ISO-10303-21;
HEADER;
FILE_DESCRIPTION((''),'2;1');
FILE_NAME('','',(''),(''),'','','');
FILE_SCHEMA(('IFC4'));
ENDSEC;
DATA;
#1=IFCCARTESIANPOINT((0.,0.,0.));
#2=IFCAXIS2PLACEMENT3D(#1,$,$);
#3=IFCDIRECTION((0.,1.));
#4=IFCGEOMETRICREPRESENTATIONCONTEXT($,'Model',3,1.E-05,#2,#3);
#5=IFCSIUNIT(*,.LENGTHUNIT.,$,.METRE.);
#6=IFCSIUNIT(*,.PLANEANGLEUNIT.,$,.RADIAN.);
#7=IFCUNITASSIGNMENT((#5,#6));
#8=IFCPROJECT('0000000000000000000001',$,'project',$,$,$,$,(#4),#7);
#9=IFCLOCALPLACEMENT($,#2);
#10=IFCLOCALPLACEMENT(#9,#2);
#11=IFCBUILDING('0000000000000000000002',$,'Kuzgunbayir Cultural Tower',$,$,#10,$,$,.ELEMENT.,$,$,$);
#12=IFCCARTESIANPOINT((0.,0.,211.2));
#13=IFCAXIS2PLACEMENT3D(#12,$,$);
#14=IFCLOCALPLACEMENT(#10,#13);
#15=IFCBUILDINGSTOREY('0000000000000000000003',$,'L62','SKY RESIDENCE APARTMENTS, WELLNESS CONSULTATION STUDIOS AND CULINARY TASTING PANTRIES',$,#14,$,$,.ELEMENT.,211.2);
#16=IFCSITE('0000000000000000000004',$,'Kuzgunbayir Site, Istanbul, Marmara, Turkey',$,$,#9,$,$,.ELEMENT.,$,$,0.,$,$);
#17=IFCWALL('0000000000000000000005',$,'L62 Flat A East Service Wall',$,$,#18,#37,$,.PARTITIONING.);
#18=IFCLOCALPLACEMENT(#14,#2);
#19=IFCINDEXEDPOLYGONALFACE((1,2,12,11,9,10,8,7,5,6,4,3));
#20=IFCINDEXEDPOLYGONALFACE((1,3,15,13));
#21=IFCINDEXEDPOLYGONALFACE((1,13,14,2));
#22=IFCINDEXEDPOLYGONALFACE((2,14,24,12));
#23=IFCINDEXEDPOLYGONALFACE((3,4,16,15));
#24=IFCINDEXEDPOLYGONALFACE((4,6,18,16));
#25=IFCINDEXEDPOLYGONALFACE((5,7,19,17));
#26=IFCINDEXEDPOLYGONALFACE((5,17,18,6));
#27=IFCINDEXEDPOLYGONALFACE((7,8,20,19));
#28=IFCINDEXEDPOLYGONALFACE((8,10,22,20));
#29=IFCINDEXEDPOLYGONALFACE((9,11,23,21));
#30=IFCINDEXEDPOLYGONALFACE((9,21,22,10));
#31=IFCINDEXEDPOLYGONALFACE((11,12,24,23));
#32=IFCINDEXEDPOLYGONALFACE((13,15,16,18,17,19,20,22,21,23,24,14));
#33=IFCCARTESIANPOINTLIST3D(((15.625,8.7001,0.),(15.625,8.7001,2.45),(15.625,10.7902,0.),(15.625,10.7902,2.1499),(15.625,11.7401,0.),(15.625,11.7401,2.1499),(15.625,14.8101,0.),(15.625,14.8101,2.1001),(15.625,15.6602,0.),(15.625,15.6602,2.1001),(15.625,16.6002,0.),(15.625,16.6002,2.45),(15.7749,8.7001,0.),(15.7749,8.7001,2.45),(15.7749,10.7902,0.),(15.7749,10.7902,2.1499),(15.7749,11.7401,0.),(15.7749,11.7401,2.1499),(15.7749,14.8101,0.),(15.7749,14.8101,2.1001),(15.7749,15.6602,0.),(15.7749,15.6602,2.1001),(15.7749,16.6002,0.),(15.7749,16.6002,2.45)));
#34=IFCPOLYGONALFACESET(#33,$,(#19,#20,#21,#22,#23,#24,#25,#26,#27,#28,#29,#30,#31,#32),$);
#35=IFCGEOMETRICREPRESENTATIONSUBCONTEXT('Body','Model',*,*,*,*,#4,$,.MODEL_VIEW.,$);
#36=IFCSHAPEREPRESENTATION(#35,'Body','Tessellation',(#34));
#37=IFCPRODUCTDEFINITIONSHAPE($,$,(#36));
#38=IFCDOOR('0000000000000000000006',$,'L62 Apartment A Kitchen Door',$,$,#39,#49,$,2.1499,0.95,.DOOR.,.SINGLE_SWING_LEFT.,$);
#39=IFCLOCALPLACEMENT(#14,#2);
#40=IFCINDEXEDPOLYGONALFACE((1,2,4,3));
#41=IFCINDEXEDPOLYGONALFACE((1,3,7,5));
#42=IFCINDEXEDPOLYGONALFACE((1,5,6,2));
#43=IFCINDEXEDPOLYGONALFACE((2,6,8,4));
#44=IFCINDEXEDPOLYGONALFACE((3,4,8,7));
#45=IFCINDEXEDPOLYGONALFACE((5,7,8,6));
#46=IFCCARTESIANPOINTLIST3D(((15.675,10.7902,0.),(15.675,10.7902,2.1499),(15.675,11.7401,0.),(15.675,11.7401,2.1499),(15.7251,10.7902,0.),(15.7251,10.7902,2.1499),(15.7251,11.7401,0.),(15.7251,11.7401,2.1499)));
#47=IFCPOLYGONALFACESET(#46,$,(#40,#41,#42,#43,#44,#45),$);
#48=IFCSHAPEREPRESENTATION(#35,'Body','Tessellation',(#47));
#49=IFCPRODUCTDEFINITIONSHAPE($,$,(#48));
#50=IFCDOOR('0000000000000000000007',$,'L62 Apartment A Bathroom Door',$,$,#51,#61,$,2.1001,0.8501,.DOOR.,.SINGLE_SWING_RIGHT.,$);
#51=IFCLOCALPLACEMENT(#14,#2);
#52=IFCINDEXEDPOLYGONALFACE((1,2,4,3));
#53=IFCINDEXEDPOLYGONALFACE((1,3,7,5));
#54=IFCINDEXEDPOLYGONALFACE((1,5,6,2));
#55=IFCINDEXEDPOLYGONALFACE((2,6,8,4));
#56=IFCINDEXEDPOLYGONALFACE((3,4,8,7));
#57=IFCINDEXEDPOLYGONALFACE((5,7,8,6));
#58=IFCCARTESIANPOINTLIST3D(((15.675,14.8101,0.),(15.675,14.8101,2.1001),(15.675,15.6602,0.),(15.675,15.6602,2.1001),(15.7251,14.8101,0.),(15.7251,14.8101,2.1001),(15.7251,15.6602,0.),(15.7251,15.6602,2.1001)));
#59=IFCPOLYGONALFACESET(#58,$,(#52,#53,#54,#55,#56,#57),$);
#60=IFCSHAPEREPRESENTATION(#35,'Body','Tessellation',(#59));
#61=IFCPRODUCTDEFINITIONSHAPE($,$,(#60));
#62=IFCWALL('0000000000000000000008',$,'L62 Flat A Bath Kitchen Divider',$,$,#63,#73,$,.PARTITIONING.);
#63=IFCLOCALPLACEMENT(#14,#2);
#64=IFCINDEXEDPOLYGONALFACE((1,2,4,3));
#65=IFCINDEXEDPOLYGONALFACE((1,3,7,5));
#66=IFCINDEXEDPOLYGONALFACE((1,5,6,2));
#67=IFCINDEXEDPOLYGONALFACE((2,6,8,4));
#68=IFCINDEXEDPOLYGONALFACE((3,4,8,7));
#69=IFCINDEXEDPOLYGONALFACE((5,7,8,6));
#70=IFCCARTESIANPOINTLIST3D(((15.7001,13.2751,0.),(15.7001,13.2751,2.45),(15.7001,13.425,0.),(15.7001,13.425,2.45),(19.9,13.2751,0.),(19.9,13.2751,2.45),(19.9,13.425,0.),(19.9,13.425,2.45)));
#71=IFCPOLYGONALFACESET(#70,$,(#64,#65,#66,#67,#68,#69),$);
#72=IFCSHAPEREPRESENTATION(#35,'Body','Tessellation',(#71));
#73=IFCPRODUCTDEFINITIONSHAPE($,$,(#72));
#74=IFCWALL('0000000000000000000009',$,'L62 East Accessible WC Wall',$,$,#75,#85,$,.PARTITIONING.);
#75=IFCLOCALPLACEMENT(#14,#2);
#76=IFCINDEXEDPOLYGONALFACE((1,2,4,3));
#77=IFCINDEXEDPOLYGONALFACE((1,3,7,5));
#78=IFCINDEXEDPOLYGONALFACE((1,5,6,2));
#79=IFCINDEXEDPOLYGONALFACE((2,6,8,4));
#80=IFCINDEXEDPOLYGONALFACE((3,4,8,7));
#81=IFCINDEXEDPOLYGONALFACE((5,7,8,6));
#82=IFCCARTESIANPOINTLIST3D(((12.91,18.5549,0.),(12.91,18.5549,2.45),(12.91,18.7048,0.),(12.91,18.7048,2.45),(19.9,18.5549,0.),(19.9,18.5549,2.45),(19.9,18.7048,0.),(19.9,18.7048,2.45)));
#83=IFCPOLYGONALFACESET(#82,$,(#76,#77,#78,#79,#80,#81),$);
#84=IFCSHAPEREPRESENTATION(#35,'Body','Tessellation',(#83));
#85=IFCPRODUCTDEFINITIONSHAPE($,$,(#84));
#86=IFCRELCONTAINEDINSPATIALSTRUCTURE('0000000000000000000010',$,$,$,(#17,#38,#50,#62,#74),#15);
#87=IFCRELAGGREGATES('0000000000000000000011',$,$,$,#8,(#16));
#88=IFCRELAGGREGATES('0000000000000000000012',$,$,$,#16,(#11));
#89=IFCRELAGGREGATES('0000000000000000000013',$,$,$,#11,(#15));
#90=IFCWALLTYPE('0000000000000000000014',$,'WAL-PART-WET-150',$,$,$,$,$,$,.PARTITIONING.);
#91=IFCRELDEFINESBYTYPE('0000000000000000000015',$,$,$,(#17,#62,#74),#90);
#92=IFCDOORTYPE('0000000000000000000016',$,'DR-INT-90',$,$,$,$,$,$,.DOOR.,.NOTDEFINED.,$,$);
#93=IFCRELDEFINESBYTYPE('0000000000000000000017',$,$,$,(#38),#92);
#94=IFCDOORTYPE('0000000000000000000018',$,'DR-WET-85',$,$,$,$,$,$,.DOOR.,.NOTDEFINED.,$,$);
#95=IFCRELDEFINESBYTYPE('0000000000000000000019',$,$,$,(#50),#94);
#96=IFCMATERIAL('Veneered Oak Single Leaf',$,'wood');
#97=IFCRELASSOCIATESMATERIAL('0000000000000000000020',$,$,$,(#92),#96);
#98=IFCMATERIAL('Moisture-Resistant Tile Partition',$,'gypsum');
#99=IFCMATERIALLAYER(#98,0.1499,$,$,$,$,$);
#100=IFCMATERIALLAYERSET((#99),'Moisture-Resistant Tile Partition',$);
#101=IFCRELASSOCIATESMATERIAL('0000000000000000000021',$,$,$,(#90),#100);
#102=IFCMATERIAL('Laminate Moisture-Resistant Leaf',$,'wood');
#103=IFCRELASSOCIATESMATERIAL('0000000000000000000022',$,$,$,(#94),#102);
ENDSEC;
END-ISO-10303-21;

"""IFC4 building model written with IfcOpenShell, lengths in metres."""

from ifc_helpers import new_model, si_unit, direction, frame, frame_2d, origin, place, context, subcontext, project, spatial, rectangle, extrude, material, layer, layer_set, type_object, element, fill, save


model = new_model("IFC4")

# Units and contexts
model_context = context("Model", 3, precision=1e-05, world=origin(), true_north=direction((0.0, 1.0)))
body_context = subcontext(model_context, "Body", "Model", "MODEL_VIEW")
ifc_project = project(units=[si_unit("LENGTHUNIT", "METRE"), si_unit("PLANEANGLEUNIT", "RADIAN")], contexts=[model_context])

# Site, building, storey
site_placement = place(None, origin())
site = spatial("IfcSite", under=ifc_project, at=site_placement, Name="Kuzgunbayir Site, Istanbul, Marmara, Turkey", CompositionType="ELEMENT", RefElevation=0.0)
building_placement = place(site_placement, origin())
building = spatial("IfcBuilding", under=site, at=building_placement, Name="Kuzgunbayir Cultural Tower", CompositionType="ELEMENT")
storey_placement = place(building_placement, frame((0.0, 0.0, 211.2)))
storey = spatial("IfcBuildingStorey", under=building, at=storey_placement, Name="L62", Description="SKY RESIDENCE APARTMENTS, WELLNESS CONSULTATION STUDIOS AND CULINARY TASTING PANTRIES", CompositionType="ELEMENT", Elevation=211.2)

# Shared definitions
ifc_material_1 = material(Name="Veneered Oak Single Leaf", Category="wood")
door_type_1 = type_object("IfcDoorType", Name="DR-INT-90", OperationType="NOTDEFINED", PredefinedType="DOOR", material=ifc_material_1)
ifc_material_2 = material(Name="Laminate Moisture-Resistant Leaf", Category="wood")

# Wall, openings, doors
ifc_material_3 = material(Name="Moisture-Resistant Tile Partition", Category="gypsum")
ifc_layer_1 = layer(ifc_material_3, 0.1499)
ifc_layer_set_1 = layer_set([ifc_layer_1], Name="Moisture-Resistant Tile Partition")
wall_type_1 = type_object("IfcWallType", Name="WAL-PART-WET-150", PredefinedType="PARTITIONING", material=ifc_layer_set_1)
wall_1_placement = place(storey_placement, frame((15.7, 8.7, 0.0), z_axis=(0.0, 0.0, 1.0), x_axis=(0.0, 1.0, 0.0)))
wall_1 = element("IfcWall", 1, at=wall_1_placement, inside=storey, type_object=wall_type_1, Name="L62 Flat A East Service Wall", PredefinedType="PARTITIONING", context=body_context, shape_type="SweptSolid", body=[
    extrude(rectangle(XDim=7.9001, YDim=0.1499, at=frame_2d((3.9502, 0.0))), origin(), (0.0, 0.0, 1.0), 2.45),
])
opening_1_placement = place(wall_1_placement, frame((2.0901, 0.0, 0.0)))
opening_1 = element("IfcOpeningElement", 2, at=opening_1_placement, cuts=wall_1, PredefinedType="OPENING", context=body_context, shape_type="SweptSolid", body=[
    extrude(rectangle(XDim=0.95, YDim=2.1499, at=frame_2d((0.4751, 1.075))), frame((0.0, 0.085, 0.0), z_axis=(0.0, -1.0, 0.0), x_axis=(1.0, 0.0, 0.0)), (0.0, 0.0, 1.0), 0.1699),
])
opening_2_placement = place(wall_1_placement, frame((6.1101, 0.0, 0.0)))
opening_2 = element("IfcOpeningElement", 3, at=opening_2_placement, cuts=wall_1, PredefinedType="OPENING", context=body_context, shape_type="SweptSolid", body=[
    extrude(rectangle(XDim=0.8501, YDim=2.1001, at=frame_2d((0.425, 1.05))), frame((0.0, 0.085, 0.0), z_axis=(0.0, -1.0, 0.0), x_axis=(1.0, 0.0, 0.0)), (0.0, 0.0, 1.0), 0.1699),
])
door_1_placement = place(opening_1_placement, origin())
door_1 = element("IfcDoor", 4, at=door_1_placement, inside=storey, type_object=door_type_1, Name="L62 Apartment A Kitchen Door", OperationType="SINGLE_SWING_LEFT", OverallHeight=2.1499, OverallWidth=0.95, PredefinedType="DOOR", context=body_context, shape_type="SweptSolid", body=[
    extrude(rectangle(XDim=0.95, YDim=2.1499, at=frame_2d((0.4751, 1.075))), frame((0.0, 0.0249, 0.0), z_axis=(0.0, -1.0, 0.0), x_axis=(1.0, 0.0, 0.0)), (0.0, 0.0, 1.0), 0.05),
])
fill(opening_1, door_1)
door_type_2 = type_object("IfcDoorType", Name="DR-WET-85", OperationType="NOTDEFINED", PredefinedType="DOOR", material=ifc_material_2)
door_2_placement = place(opening_2_placement, origin())
door_2 = element("IfcDoor", 5, at=door_2_placement, inside=storey, type_object=door_type_2, Name="L62 Apartment A Bathroom Door", OperationType="SINGLE_SWING_RIGHT", OverallHeight=2.1001, OverallWidth=0.8501, PredefinedType="DOOR", context=body_context, shape_type="SweptSolid", body=[
    extrude(rectangle(XDim=0.8501, YDim=2.1001, at=frame_2d((0.425, 1.05))), frame((0.0, 0.0249, 0.0), z_axis=(0.0, -1.0, 0.0), x_axis=(1.0, 0.0, 0.0)), (0.0, 0.0, 1.0), 0.05),
])
fill(opening_2, door_2)

# Walls
wall_2_placement = place(storey_placement, frame((15.7, 13.3501, 0.0), z_axis=(0.0, 0.0, 1.0), x_axis=(1.0, 0.0, 0.0)))
element("IfcWall", 6, at=wall_2_placement, inside=storey, type_object=wall_type_1, Name="L62 Flat A Bath Kitchen Divider", PredefinedType="PARTITIONING", context=body_context, shape_type="SweptSolid", body=[
    extrude(rectangle(XDim=4.2, YDim=0.1499, at=frame_2d((2.1001, 0.0))), origin(), (0.0, 0.0, 1.0), 2.45),
])
wall_3_placement = place(storey_placement, frame((12.9099, 18.6299, 0.0), z_axis=(0.0, 0.0, 1.0), x_axis=(1.0, 0.0, 0.0)))
element("IfcWall", 7, at=wall_3_placement, inside=storey, type_object=wall_type_1, Name="L62 East Accessible WC Wall", PredefinedType="PARTITIONING", context=body_context, shape_type="SweptSolid", body=[
    extrude(rectangle(XDim=6.99, YDim=0.1499, at=frame_2d((3.4951, 0.0))), origin(), (0.0, 0.0, 1.0), 2.45),
])

save(model, "model.ifc")
